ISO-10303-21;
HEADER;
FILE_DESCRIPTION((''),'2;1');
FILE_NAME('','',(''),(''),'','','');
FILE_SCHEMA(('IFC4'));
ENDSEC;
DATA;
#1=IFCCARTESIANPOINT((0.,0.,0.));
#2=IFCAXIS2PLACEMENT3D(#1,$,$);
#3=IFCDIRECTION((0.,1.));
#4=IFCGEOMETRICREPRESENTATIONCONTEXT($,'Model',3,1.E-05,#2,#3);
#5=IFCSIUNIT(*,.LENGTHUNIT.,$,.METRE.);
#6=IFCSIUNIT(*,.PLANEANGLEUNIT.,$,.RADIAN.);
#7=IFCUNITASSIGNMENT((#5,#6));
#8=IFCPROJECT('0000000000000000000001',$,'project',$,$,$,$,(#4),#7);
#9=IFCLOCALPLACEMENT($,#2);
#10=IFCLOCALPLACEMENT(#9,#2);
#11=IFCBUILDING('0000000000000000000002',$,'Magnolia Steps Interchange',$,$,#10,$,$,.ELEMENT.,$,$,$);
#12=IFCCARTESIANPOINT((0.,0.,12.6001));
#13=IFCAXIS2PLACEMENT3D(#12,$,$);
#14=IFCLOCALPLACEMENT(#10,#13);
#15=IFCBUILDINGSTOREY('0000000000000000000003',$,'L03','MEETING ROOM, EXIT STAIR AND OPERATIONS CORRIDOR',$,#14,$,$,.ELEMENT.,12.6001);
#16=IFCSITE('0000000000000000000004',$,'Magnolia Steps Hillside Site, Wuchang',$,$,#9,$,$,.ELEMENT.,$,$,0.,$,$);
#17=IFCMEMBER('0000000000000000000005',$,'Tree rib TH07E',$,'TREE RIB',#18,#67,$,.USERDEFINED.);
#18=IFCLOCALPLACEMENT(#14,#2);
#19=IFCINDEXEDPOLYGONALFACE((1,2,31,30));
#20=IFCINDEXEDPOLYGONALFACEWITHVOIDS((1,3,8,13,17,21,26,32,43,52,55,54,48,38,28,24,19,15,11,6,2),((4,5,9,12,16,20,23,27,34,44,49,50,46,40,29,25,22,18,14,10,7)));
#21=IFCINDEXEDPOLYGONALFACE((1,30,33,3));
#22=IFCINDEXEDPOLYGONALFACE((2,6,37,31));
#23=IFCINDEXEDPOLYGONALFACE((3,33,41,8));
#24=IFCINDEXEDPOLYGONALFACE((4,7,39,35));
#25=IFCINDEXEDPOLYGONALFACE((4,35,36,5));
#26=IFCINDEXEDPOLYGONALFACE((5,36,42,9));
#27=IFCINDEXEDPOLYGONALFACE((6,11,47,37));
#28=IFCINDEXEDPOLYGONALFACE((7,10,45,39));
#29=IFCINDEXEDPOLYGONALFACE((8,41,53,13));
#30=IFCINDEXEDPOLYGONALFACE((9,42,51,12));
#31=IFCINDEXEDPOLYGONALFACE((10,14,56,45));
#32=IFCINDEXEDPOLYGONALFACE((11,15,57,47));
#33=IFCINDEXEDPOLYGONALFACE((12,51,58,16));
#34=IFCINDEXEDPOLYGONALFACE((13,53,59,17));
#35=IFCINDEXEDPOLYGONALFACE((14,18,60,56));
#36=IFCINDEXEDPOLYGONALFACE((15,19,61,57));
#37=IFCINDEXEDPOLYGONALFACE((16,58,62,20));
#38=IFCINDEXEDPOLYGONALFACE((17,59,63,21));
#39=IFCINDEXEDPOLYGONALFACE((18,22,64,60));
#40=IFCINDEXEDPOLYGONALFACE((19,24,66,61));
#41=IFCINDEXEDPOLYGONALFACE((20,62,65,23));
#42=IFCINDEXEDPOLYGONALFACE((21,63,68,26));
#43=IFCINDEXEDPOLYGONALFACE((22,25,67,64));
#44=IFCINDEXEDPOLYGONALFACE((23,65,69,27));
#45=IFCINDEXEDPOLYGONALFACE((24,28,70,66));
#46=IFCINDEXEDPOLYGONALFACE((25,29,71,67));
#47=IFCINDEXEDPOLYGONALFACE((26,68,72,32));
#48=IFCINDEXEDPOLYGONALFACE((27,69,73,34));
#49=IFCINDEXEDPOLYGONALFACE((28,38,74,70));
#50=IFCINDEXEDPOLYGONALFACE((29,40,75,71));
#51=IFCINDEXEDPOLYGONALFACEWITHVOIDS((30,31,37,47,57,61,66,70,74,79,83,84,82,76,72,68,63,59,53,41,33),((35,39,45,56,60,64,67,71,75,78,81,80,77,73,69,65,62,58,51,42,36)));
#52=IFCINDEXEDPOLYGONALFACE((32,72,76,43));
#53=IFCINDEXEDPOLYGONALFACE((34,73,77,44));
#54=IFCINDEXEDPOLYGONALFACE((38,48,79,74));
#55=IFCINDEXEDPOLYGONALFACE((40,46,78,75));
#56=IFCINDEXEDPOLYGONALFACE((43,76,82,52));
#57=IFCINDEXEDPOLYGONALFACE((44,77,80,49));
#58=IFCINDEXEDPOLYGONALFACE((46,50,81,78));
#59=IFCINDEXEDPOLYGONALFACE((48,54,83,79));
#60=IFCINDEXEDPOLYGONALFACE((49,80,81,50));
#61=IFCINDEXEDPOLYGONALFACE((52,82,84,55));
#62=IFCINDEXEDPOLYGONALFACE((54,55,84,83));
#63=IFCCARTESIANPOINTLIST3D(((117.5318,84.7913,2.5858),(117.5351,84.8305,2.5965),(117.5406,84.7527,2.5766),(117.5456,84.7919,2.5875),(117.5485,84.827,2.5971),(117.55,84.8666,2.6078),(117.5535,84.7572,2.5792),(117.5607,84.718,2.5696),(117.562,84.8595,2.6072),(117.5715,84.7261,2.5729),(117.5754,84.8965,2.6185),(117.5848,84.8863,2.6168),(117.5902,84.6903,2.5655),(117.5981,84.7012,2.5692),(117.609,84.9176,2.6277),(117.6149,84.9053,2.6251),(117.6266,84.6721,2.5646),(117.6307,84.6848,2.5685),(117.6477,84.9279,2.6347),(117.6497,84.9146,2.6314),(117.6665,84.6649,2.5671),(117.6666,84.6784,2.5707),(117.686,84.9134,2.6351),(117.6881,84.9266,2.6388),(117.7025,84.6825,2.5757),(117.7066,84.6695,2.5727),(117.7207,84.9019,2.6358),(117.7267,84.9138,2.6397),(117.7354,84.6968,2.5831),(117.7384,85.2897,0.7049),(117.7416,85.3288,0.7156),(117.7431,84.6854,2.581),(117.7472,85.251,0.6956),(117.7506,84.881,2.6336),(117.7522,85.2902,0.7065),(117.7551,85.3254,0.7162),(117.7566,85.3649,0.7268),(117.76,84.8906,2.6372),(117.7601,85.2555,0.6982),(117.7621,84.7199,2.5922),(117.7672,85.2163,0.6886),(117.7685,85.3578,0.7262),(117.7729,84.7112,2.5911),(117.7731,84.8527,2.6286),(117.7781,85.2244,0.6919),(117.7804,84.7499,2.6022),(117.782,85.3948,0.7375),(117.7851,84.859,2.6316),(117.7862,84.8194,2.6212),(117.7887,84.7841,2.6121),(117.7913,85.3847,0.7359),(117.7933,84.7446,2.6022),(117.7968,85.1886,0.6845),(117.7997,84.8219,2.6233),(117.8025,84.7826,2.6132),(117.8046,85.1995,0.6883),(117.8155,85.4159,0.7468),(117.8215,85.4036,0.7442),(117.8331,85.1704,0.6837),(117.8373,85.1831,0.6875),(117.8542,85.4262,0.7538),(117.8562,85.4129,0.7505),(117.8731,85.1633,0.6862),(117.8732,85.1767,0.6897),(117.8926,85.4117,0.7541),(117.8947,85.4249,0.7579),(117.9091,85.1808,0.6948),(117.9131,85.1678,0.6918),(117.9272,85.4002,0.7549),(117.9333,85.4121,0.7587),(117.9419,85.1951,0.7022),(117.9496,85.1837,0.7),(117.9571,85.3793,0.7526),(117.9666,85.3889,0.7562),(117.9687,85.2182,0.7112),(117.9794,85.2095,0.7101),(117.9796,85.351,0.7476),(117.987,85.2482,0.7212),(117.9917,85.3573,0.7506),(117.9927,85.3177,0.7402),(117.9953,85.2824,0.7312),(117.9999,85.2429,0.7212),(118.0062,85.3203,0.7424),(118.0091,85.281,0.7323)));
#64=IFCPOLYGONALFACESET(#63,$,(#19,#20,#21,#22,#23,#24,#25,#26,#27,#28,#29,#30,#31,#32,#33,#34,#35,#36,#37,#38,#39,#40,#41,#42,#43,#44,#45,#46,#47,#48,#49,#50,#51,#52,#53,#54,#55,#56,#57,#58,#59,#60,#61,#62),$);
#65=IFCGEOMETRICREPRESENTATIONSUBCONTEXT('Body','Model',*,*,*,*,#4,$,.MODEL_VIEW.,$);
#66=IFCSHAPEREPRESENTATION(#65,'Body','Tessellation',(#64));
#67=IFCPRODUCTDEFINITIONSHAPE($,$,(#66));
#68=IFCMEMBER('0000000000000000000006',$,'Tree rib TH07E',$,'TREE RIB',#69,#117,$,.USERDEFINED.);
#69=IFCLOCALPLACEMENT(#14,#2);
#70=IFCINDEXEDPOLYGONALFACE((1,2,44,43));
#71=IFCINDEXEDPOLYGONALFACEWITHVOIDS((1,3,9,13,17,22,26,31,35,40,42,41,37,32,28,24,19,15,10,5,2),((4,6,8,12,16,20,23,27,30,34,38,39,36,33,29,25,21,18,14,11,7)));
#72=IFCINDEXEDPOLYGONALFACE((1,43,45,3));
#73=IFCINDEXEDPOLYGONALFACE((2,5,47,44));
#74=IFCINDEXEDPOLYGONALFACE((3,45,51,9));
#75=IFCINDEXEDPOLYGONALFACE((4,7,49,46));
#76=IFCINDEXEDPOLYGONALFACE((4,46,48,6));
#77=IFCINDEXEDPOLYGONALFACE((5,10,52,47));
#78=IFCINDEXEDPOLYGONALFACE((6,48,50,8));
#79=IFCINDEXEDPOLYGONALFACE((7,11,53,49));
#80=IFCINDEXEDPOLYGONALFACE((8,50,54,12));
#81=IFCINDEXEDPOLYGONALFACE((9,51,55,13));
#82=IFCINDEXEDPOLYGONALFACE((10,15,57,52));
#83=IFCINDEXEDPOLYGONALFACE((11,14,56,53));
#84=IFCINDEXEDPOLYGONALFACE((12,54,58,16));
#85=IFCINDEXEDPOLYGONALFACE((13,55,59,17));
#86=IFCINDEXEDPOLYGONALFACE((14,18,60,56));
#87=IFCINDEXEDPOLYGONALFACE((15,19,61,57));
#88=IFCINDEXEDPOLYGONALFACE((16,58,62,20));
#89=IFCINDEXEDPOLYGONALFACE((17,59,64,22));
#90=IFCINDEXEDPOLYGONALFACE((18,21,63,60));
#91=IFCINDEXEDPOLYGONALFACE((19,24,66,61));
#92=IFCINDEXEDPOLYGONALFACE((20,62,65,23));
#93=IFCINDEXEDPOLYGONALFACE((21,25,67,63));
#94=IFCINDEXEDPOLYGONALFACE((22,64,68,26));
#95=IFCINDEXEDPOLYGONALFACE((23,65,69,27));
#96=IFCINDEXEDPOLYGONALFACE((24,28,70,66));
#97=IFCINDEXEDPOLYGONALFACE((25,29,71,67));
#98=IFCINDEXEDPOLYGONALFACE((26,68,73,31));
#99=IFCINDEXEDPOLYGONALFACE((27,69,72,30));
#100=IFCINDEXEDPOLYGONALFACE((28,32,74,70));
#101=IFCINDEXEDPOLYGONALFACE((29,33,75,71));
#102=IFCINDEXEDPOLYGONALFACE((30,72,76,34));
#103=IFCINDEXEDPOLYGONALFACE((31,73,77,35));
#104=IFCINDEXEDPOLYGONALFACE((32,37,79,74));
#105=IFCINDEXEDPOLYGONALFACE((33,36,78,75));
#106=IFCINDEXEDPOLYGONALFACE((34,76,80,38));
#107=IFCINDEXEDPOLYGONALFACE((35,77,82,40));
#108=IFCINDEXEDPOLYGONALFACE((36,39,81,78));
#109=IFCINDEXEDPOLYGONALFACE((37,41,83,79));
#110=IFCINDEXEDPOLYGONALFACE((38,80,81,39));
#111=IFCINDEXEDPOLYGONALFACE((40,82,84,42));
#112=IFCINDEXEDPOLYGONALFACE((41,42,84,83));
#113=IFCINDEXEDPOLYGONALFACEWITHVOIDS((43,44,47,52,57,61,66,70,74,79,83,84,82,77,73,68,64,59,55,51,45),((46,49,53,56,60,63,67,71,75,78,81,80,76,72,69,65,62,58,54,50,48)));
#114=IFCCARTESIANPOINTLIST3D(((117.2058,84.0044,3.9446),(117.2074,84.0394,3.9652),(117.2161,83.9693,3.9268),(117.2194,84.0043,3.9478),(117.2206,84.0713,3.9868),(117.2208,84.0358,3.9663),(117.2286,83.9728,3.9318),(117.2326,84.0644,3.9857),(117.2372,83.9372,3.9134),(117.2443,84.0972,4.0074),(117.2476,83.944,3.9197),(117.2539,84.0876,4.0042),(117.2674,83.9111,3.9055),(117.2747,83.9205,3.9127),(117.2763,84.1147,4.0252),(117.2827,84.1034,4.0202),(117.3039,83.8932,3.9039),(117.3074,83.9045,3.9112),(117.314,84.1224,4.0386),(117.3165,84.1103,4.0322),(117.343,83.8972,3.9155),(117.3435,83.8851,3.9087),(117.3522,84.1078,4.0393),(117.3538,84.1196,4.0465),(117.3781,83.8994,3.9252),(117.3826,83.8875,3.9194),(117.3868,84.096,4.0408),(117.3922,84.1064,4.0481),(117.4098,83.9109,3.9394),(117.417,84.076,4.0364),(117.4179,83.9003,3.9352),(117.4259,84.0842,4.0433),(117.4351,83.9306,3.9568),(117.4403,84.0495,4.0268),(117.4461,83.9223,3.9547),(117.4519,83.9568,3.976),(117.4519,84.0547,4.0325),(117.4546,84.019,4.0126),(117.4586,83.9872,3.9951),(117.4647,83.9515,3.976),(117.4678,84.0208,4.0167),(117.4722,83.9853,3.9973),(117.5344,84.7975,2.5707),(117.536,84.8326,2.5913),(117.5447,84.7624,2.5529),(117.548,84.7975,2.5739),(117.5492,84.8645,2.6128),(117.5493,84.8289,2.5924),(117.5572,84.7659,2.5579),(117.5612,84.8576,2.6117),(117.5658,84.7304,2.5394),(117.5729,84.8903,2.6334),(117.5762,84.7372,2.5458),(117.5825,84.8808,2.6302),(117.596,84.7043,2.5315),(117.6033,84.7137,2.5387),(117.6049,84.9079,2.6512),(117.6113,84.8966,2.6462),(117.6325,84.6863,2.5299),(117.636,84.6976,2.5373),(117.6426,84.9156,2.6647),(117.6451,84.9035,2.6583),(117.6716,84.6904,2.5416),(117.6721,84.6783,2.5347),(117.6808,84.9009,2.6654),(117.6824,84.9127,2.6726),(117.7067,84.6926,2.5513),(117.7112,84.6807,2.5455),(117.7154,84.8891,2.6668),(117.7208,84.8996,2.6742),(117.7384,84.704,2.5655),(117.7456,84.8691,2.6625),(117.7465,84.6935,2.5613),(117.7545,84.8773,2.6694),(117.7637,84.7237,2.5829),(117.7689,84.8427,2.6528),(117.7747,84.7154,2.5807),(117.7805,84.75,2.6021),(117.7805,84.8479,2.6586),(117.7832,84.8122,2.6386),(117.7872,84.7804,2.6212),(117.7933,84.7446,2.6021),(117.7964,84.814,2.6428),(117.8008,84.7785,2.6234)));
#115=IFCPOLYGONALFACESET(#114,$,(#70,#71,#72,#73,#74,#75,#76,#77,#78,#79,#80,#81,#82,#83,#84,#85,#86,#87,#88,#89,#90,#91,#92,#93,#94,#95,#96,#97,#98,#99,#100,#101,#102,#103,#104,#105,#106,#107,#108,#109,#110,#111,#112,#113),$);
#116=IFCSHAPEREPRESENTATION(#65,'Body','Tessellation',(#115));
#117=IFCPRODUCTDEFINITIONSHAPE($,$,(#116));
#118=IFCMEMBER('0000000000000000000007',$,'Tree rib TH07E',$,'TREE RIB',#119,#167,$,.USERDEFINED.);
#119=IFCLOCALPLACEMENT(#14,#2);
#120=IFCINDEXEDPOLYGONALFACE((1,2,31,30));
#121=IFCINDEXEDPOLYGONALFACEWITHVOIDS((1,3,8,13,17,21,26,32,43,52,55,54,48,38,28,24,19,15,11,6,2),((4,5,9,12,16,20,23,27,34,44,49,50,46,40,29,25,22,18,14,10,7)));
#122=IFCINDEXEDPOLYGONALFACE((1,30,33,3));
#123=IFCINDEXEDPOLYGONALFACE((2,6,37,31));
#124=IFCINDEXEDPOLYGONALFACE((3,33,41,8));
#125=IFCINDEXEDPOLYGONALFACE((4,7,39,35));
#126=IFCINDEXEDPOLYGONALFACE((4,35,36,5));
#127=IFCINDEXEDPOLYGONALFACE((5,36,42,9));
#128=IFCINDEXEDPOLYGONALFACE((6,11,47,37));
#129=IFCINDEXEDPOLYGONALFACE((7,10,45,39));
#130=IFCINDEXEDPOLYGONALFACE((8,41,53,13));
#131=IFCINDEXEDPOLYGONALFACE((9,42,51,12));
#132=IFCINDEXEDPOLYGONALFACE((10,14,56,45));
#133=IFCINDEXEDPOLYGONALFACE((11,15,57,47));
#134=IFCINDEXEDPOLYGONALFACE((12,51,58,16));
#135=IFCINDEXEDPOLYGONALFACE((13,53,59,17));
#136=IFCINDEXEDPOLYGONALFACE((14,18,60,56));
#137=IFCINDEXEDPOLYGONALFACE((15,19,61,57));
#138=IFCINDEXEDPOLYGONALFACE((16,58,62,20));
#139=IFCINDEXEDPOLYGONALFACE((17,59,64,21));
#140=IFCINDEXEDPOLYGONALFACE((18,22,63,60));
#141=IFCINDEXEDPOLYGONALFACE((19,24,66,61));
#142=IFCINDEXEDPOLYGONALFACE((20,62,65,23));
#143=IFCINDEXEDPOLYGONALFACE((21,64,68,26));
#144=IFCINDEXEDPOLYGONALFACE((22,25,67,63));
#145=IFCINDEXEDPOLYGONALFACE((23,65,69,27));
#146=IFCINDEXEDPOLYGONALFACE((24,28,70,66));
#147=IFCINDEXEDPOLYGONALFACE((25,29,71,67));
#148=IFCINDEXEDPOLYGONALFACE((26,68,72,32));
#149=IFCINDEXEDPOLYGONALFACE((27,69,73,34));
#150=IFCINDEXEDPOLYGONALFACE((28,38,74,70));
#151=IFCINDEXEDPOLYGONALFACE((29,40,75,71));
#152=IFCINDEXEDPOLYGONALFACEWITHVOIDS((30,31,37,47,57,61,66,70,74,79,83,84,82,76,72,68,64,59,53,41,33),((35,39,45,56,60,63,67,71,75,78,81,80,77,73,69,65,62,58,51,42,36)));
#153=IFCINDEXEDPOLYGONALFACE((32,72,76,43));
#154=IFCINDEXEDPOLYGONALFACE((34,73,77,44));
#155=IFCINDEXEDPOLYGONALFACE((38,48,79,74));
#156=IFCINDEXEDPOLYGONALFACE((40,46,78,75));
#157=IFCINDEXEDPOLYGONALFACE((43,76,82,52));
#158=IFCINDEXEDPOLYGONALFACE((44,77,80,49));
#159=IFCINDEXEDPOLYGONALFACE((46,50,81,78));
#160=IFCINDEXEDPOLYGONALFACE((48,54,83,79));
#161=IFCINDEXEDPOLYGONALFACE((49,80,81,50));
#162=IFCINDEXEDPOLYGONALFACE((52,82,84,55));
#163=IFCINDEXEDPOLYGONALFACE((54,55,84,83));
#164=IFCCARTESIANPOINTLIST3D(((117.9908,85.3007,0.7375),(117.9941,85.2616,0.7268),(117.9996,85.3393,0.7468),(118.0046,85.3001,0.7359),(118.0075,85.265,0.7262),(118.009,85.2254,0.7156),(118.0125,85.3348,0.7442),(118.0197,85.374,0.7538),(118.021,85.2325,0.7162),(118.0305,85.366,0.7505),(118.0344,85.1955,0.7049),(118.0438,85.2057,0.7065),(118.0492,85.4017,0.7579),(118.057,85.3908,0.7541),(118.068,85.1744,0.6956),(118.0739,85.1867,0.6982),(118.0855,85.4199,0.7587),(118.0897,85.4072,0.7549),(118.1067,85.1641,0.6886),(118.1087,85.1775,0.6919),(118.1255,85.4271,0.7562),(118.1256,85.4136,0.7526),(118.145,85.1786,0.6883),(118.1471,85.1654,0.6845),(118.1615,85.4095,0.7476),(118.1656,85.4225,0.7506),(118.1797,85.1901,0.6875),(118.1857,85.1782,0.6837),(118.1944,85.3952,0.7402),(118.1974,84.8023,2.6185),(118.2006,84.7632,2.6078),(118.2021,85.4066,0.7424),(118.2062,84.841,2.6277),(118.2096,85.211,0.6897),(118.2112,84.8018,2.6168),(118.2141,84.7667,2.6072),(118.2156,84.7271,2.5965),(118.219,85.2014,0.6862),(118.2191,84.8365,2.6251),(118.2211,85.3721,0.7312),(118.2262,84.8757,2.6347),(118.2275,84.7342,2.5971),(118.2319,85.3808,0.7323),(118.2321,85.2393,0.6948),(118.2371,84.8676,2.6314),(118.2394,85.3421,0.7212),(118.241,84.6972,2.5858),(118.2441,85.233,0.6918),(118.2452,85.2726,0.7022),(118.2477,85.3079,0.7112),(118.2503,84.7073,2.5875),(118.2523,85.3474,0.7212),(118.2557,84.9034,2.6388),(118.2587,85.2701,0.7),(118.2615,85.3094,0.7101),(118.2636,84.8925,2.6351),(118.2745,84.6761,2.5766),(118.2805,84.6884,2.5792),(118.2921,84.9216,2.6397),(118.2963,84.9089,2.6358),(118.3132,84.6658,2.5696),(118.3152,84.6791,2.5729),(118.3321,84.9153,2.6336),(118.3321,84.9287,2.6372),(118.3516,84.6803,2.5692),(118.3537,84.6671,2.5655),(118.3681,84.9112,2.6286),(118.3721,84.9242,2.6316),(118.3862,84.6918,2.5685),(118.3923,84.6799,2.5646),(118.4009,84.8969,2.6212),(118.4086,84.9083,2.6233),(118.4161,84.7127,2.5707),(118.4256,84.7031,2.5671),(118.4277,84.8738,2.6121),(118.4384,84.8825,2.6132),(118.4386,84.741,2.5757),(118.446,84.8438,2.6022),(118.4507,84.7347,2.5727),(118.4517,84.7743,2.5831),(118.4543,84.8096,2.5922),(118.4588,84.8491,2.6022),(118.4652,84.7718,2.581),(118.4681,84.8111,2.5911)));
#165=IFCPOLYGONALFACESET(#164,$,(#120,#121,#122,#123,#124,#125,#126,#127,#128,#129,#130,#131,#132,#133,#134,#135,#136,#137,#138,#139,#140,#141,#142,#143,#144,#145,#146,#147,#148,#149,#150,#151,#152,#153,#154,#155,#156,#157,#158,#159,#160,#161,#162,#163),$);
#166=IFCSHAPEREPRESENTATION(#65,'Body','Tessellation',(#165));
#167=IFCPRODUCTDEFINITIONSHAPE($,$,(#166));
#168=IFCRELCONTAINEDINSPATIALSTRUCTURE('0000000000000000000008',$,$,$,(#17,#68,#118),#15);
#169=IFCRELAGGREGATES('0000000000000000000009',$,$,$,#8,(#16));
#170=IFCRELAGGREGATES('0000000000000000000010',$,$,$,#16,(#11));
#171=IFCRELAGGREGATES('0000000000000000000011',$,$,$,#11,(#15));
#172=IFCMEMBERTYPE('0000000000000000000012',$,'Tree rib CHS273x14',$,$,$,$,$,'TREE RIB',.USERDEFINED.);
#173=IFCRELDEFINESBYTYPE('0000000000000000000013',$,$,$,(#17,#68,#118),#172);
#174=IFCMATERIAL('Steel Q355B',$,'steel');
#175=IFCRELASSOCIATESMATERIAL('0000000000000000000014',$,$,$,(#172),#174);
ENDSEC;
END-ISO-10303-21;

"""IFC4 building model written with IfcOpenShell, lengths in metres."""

from ifc_helpers import new_model, si_unit, direction, frame, origin, origin_2d, place, context, subcontext, project, spatial, hollow_circle, extrude, material, material_profile, profile_set, type_object, element, save


model = new_model("IFC4")

# Units and contexts
model_context = context("Model", 3, precision=1e-05, world=origin(), true_north=direction((0.0, 1.0)))
body_context = subcontext(model_context, "Body", "Model", "MODEL_VIEW")
ifc_project = project(units=[si_unit("LENGTHUNIT", "METRE"), si_unit("PLANEANGLEUNIT", "RADIAN")], contexts=[model_context])

# Site, building, storey
site_placement = place(None, origin())
site = spatial("IfcSite", under=ifc_project, at=site_placement, Name="Magnolia Steps Hillside Site, Wuchang", CompositionType="ELEMENT", RefElevation=0.0)
building_placement = place(site_placement, origin())
building = spatial("IfcBuilding", under=site, at=building_placement, Name="Magnolia Steps Interchange", CompositionType="ELEMENT")
storey_placement = place(building_placement, frame((0.0, 0.0, 12.6001)))
storey = spatial("IfcBuildingStorey", under=building, at=storey_placement, Name="L03", Description="MEETING ROOM, EXIT STAIR AND OPERATIONS CORRIDOR", CompositionType="ELEMENT", Elevation=12.6001)

# Members
ifc_material_1 = material(Name="Steel Q355B", Category="steel")
ifc_material_profile_1 = material_profile(ifc_material_1, hollow_circle(Radius=0.1365, WallThickness=0.0139, at=origin_2d()), Name="CHS273x14")
ifc_profile_set_1 = profile_set([ifc_material_profile_1], Name="Steel Q355B")
member_type = type_object("IfcMemberType", Name="Tree rib CHS273x14", ElementType="TREE RIB", PredefinedType="USERDEFINED", material=ifc_profile_set_1)
member_1_placement = place(storey_placement, frame((117.8738, 85.2952, 0.7212), z_axis=(-0.105558, -0.254662, 0.961252), x_axis=(0.923785, -0.382911, 0.0)))
element("IfcMember", 1, at=member_1_placement, inside=storey, type_object=member_type, Name="Tree rib TH07E", ObjectType="TREE RIB", PredefinedType="USERDEFINED", context=body_context, shape_type="SweptSolid", body=[
    extrude(hollow_circle(Radius=0.1365, WallThickness=0.0139, at=origin_2d()), origin(), (0.0, 0.0, 1.0), 1.9568),
])
member_2_placement = place(storey_placement, frame((117.6672, 84.7969, 2.6021), z_axis=(-0.20282, -0.489571, 0.848047), x_axis=(0.923857, -0.382737, 0.0)))
element("IfcMember", 2, at=member_2_placement, inside=storey, type_object=member_type, Name="Tree rib TH07E", ObjectType="TREE RIB", PredefinedType="USERDEFINED", context=body_context, shape_type="SweptSolid", body=[
    extrude(hollow_circle(Radius=0.1365, WallThickness=0.0139, at=origin_2d()), origin(), (0.0, 0.0, 1.0), 1.6201),
])
member_3_placement = place(storey_placement, frame((118.1262, 85.2952, 0.7212), z_axis=(0.105558, -0.254662, 0.961252), x_axis=(0.923785, 0.382911, 0.0)))
element("IfcMember", 3, at=member_3_placement, inside=storey, type_object=member_type, Name="Tree rib TH07E", ObjectType="TREE RIB", PredefinedType="USERDEFINED", context=body_context, shape_type="SweptSolid", body=[
    extrude(hollow_circle(Radius=0.1365, WallThickness=0.0139, at=origin_2d()), origin(), (0.0, 0.0, 1.0), 1.9568),
])

save(model, "model.ifc")
